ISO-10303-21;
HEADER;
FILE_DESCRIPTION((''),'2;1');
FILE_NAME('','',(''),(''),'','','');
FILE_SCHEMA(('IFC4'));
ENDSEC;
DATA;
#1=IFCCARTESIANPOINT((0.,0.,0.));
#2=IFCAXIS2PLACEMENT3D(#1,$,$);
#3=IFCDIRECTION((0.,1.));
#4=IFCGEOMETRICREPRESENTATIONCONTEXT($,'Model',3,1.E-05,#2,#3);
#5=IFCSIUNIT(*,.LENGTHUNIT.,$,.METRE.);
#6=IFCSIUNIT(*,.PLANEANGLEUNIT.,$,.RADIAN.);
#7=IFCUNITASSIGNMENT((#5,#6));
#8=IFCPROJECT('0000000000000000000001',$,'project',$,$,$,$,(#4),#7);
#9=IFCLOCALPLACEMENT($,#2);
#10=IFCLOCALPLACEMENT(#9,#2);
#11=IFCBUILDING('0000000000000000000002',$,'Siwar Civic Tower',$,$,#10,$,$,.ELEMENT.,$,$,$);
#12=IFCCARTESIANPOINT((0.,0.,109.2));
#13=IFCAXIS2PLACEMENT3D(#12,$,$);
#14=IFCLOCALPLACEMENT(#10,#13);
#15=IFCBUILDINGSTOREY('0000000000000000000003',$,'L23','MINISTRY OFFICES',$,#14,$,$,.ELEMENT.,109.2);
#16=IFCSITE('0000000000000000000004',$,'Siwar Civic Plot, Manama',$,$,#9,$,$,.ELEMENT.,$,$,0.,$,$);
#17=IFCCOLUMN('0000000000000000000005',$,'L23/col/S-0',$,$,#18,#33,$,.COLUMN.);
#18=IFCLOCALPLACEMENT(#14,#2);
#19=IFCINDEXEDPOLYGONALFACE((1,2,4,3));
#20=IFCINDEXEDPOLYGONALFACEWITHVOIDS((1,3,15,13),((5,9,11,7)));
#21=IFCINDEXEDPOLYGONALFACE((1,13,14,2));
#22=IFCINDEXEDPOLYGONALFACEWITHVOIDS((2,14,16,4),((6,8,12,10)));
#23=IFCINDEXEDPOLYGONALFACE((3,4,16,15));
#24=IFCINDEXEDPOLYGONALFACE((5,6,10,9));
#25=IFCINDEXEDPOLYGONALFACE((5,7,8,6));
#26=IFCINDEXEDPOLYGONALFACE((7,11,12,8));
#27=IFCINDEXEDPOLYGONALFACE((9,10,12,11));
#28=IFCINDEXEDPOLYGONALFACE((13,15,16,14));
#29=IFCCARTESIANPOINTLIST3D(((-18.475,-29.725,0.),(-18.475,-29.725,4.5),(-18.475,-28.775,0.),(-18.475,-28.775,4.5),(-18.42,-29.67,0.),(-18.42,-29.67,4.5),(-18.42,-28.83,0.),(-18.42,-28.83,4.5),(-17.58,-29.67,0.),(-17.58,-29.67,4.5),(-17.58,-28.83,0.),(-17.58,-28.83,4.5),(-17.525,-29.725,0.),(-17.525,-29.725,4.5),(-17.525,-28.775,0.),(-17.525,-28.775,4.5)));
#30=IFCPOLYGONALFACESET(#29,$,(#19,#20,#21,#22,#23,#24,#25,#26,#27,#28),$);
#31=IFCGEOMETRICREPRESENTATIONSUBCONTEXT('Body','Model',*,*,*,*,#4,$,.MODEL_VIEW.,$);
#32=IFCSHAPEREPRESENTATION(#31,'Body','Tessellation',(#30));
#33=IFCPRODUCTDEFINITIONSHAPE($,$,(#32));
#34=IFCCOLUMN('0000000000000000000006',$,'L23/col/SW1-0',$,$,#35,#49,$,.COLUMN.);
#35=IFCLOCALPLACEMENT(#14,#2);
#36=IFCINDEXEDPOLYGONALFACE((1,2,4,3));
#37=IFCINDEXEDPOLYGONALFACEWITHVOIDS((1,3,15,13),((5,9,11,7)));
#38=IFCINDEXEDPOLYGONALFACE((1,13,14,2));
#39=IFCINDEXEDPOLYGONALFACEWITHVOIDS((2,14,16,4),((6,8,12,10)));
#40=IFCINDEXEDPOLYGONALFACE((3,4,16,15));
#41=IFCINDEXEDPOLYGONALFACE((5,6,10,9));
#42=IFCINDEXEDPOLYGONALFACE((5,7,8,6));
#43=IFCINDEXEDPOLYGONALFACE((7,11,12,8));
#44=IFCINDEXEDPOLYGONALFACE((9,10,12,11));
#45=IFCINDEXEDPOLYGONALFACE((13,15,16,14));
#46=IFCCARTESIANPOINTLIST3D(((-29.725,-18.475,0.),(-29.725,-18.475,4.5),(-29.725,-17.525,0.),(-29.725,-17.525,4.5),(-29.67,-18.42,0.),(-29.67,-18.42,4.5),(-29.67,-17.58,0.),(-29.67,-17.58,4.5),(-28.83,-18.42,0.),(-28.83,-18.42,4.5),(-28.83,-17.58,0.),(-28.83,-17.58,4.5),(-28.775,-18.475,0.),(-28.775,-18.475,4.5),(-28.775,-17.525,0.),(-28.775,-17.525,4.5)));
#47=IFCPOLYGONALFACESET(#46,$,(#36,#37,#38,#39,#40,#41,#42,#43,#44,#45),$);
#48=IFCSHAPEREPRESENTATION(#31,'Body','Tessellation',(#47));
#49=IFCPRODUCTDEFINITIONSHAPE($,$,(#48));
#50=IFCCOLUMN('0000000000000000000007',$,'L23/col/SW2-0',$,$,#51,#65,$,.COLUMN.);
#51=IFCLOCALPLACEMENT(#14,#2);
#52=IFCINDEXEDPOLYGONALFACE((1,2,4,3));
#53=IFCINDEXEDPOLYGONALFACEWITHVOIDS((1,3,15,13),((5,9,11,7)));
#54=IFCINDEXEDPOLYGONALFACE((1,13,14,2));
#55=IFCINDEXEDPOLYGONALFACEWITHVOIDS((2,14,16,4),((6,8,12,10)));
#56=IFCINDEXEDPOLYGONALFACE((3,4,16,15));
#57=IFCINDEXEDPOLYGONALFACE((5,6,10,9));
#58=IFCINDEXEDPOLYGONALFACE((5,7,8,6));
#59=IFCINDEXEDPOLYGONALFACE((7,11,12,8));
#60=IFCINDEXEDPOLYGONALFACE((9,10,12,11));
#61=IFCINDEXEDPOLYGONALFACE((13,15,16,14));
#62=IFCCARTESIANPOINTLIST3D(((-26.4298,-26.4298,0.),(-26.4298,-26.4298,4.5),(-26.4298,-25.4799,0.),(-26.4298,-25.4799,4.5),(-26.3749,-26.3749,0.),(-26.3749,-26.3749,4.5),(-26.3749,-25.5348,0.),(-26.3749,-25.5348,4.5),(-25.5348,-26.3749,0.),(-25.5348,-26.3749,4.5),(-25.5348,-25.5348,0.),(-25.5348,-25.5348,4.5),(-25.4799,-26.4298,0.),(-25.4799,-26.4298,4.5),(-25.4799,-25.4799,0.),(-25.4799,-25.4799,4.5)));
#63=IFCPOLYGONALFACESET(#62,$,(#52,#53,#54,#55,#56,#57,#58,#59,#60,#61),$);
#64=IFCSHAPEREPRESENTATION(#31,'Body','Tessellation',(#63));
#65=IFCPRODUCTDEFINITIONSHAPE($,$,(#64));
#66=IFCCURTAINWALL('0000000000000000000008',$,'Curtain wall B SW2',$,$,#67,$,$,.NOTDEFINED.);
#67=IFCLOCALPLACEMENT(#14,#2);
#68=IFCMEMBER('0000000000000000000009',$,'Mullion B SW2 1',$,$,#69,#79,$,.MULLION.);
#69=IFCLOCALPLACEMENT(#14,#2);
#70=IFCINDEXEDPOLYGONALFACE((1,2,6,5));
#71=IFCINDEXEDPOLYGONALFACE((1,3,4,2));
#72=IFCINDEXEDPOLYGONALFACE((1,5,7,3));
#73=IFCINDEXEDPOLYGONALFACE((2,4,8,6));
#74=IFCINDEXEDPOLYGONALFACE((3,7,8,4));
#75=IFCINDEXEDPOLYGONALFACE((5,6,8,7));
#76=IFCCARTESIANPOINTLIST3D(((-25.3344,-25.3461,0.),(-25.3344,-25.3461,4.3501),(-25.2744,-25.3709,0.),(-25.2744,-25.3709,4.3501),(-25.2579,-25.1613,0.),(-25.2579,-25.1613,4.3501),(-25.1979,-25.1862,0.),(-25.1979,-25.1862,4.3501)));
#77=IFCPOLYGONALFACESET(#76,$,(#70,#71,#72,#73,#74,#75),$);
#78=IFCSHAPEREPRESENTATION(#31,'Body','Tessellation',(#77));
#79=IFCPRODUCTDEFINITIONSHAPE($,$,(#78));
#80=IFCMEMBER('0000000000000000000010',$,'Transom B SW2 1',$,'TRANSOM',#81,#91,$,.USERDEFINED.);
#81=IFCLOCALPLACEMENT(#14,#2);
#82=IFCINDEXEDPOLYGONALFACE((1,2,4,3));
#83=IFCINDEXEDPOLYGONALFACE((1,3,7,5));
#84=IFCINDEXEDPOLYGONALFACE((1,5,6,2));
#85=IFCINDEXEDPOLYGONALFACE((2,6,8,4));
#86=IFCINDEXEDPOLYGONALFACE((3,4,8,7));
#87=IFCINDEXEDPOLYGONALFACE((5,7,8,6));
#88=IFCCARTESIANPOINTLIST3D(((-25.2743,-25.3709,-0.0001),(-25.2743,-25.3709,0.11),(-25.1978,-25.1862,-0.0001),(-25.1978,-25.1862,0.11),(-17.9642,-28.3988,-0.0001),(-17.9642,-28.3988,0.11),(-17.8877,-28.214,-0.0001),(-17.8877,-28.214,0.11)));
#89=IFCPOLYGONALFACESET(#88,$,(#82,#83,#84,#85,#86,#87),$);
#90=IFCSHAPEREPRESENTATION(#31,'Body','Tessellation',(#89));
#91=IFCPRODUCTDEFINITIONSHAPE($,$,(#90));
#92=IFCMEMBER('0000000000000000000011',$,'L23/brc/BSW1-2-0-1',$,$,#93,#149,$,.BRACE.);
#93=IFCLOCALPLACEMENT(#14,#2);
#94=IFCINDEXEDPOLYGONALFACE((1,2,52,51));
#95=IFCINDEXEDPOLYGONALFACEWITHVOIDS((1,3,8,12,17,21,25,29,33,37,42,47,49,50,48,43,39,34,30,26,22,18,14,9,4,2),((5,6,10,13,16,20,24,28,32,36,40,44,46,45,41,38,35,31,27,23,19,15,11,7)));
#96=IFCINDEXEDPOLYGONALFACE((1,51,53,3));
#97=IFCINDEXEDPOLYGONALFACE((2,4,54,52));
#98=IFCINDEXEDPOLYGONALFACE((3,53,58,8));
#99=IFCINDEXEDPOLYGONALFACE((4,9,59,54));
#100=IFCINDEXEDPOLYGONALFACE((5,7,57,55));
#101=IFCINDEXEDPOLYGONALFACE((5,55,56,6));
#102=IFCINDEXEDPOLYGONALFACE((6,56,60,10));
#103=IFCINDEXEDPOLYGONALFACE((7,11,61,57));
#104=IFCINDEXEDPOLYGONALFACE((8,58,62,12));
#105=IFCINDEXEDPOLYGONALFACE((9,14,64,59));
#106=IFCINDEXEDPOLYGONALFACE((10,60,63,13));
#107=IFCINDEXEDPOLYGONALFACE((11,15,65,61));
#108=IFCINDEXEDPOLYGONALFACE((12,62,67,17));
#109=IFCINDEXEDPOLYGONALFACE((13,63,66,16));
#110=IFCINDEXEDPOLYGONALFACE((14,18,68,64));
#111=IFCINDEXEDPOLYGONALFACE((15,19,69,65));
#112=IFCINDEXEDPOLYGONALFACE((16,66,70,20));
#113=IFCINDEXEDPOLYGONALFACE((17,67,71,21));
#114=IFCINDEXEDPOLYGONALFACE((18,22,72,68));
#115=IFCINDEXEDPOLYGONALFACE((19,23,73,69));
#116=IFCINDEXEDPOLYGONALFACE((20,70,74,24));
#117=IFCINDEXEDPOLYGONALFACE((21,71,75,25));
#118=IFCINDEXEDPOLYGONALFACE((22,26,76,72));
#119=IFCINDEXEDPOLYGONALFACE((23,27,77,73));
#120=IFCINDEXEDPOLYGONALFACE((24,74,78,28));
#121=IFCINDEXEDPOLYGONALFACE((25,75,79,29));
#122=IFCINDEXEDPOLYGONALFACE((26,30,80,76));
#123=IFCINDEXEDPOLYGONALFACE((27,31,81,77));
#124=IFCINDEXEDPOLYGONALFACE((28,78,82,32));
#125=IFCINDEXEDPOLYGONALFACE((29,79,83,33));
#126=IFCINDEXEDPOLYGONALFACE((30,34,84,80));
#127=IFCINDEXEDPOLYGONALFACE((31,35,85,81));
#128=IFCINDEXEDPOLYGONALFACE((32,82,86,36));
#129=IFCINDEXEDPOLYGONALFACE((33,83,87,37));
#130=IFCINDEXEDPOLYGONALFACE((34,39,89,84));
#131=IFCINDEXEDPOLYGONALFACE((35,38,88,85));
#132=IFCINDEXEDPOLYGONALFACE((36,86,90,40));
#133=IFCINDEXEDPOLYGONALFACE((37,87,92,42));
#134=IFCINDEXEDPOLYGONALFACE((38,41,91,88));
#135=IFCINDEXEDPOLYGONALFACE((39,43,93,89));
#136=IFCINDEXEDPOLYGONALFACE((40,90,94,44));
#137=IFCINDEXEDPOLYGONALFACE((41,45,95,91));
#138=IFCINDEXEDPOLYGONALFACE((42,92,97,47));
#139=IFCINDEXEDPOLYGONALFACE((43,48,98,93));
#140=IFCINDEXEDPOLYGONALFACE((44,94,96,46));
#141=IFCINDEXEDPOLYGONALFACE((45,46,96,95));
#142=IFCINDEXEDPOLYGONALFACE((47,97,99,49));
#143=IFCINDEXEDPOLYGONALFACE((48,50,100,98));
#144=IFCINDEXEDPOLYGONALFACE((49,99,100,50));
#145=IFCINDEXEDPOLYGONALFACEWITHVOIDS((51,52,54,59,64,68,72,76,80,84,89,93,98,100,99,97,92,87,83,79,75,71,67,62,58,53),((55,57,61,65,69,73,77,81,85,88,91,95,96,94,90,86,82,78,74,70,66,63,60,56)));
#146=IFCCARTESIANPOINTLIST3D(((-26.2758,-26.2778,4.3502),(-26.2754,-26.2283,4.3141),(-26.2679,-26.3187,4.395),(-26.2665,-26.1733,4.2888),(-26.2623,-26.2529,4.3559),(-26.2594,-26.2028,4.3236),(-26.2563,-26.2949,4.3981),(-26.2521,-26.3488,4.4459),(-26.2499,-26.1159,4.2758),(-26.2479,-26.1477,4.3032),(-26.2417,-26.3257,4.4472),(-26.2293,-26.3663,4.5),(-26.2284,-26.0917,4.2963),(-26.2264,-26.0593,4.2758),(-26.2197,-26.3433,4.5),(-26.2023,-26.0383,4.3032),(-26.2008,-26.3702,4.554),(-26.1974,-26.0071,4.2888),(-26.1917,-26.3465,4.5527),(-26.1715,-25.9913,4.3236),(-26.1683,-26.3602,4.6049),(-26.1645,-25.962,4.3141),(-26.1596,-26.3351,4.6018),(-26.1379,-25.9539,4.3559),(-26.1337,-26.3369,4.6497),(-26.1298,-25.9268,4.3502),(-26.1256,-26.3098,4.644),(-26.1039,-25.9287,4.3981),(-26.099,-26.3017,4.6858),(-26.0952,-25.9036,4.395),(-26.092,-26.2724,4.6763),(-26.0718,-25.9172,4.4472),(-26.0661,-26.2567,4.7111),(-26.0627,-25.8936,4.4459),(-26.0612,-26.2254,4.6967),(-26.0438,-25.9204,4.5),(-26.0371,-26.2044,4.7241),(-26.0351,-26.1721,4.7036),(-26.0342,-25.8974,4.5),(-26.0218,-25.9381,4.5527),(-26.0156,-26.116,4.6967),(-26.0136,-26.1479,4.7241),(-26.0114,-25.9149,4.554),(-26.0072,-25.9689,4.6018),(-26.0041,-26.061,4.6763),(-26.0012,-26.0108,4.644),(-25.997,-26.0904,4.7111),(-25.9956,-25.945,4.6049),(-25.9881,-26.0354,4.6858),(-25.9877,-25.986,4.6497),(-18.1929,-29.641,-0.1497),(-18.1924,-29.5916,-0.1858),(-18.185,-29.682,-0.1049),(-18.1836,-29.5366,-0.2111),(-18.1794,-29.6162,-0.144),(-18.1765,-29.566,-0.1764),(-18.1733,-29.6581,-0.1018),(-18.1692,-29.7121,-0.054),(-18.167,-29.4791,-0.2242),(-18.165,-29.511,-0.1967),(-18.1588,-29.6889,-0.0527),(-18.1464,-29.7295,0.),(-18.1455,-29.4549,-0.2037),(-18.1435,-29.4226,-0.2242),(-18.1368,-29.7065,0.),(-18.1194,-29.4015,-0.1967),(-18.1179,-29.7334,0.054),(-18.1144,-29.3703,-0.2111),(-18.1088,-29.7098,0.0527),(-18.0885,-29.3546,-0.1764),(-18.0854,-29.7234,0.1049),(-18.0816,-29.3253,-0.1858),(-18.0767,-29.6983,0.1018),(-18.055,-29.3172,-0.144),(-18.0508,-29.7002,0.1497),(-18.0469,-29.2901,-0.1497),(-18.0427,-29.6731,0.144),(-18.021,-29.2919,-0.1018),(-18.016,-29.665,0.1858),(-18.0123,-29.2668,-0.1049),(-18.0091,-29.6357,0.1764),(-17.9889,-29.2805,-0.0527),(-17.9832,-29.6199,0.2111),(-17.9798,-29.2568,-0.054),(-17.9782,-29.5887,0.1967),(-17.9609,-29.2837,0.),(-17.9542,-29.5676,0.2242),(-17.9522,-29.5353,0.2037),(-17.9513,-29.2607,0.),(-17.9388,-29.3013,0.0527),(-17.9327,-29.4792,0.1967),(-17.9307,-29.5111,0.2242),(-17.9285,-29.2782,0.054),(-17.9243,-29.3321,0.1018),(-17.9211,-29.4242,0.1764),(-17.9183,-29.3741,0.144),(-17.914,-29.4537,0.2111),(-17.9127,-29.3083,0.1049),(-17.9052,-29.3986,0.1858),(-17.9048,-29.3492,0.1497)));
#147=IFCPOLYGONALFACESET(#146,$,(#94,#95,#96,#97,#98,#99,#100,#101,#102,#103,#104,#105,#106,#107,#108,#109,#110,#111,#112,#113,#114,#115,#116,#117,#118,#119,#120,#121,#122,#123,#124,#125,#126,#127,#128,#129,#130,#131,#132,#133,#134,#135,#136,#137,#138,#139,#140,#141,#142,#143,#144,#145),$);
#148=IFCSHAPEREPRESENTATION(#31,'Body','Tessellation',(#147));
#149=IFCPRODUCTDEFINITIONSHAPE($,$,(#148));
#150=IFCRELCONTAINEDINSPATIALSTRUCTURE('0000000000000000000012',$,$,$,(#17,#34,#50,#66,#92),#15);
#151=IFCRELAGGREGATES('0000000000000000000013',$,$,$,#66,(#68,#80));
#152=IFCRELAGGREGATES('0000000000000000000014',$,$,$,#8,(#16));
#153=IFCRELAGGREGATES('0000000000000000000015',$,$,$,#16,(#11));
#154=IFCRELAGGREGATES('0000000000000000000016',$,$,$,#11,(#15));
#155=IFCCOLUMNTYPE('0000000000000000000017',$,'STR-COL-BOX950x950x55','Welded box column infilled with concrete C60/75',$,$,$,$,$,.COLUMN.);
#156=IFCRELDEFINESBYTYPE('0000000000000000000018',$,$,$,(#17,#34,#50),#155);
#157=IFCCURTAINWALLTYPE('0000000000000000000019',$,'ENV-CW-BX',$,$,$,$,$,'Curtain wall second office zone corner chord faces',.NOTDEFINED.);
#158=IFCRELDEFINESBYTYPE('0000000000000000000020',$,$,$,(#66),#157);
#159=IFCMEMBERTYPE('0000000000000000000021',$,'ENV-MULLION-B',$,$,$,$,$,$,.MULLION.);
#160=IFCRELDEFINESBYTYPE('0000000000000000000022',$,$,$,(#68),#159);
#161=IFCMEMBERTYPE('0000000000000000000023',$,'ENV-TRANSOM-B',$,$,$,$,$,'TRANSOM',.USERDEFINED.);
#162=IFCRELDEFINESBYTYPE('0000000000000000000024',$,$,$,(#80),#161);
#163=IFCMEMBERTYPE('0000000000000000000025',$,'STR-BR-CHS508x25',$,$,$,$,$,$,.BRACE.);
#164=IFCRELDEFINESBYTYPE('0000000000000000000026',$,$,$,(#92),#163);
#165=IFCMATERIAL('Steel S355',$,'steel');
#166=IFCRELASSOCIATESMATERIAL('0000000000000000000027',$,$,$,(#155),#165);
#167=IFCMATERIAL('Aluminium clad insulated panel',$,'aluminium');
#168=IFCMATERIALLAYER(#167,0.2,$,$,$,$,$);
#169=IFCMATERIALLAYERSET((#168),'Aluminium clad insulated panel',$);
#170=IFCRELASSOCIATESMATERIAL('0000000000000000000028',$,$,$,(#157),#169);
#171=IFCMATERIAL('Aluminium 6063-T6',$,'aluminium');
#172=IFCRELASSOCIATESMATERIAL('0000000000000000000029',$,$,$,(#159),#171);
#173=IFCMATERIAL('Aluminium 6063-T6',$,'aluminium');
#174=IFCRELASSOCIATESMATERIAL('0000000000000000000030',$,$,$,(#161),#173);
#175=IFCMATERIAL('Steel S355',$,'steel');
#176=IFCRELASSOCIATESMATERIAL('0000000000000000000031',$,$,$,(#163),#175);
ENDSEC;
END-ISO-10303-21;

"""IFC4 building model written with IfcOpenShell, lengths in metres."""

from ifc_helpers import new_model, si_unit, direction, frame, origin, origin_2d, place, context, subcontext, project, spatial, rectangle, hollow_rectangle, hollow_circle, extrude, material, layer, layer_set, material_profile, profile_set, type_object, element, aggregate, save


model = new_model("IFC4")

# Units and contexts
model_context = context("Model", 3, precision=1e-05, world=origin(), true_north=direction((0.0, 1.0)))
body_context = subcontext(model_context, "Body", "Model", "MODEL_VIEW")
ifc_project = project(units=[si_unit("LENGTHUNIT", "METRE"), si_unit("PLANEANGLEUNIT", "RADIAN")], contexts=[model_context])

# Site, building, storey
site_placement = place(None, origin())
site = spatial("IfcSite", under=ifc_project, at=site_placement, Name="Siwar Civic Plot, Manama", CompositionType="ELEMENT", RefElevation=0.0)
building_placement = place(site_placement, origin())
building = spatial("IfcBuilding", under=site, at=building_placement, Name="Siwar Civic Tower", CompositionType="ELEMENT")
storey_placement = place(building_placement, frame((0.0, 0.0, 109.2)))
storey = spatial("IfcBuildingStorey", under=building, at=storey_placement, Name="L23", Description="MINISTRY OFFICES", CompositionType="ELEMENT", Elevation=109.2)

# Columns
ifc_material_1 = material(Name="Steel S355", Category="steel")
ifc_material_profile_1 = material_profile(ifc_material_1, hollow_rectangle(XDim=0.95, YDim=0.95, WallThickness=0.0549, at=origin_2d()), Name="BOX950x950x55")
ifc_profile_set_1 = profile_set([ifc_material_profile_1], Name="Steel S355")
column_type = type_object("IfcColumnType", Name="STR-COL-BOX950x950x55", Description="Welded box column infilled with concrete C60/75", PredefinedType="COLUMN", material=ifc_profile_set_1)
for number, where, z_axis, x_axis, name in (
    (1, (-18.0, -29.25, 0.0), (0.0, 0.0, 1.0), (1.0, 0.0, 0.0), "L23/col/S-0"),
    (2, (-29.25, -18.0, 0.0), (0.0, 0.0, 1.0), (1.0, 0.0, 0.0), "L23/col/SW1-0"),
    (3, (-25.9548, -25.9548, 0.0), (0.0, 0.0, 1.0), (1.0, 0.0, 0.0), "L23/col/SW2-0"),
):
    element("IfcColumn", number, at=place(storey_placement, frame(where, z_axis=z_axis, x_axis=x_axis)), inside=storey, type_object=column_type, Name=name, PredefinedType="COLUMN", context=body_context, shape_type="SweptSolid", body=[
        extrude(hollow_rectangle(XDim=0.95, YDim=0.95, WallThickness=0.0549, at=origin_2d()), origin(), (0.0, 0.0, 1.0), 4.5),
    ])

# Curtain wall, members
ifc_material_2 = material(Name="Aluminium clad insulated panel", Category="aluminium")
ifc_layer_1 = layer(ifc_material_2, 0.2)
ifc_layer_set_1 = layer_set([ifc_layer_1], Name="Aluminium clad insulated panel")
curtain_wall_type = type_object("IfcCurtainWallType", Name="ENV-CW-BX", ElementType="Curtain wall second office zone corner chord faces", PredefinedType="NOTDEFINED", material=ifc_layer_set_1)
curtain_wall_1_placement = place(storey_placement, origin())
curtain_wall_1 = element("IfcCurtainWall", 4, at=curtain_wall_1_placement, inside=storey, type_object=curtain_wall_type, Name="Curtain wall B SW2", PredefinedType="NOTDEFINED")
ifc_material_3 = material(Name="Aluminium 6063-T6", Category="aluminium")
ifc_material_profile_2 = material_profile(ifc_material_3, rectangle(XDim=0.2, YDim=0.0649, at=origin_2d()), Name="AL 200x65")
ifc_profile_set_2 = profile_set([ifc_material_profile_2], Name="Aluminium 6063-T6")
member_type_1 = type_object("IfcMemberType", Name="ENV-MULLION-B", PredefinedType="MULLION", material=ifc_profile_set_2)
member_1_placement = place(storey_placement, frame((-25.2661, -25.2661, 0.0), z_axis=(0.0, 0.0, 1.0), x_axis=(0.382683, 0.92388, 0.0)))
member_1 = element("IfcMember", 5, at=member_1_placement, type_object=member_type_1, Name="Mullion B SW2 1", PredefinedType="MULLION", context=body_context, shape_type="SweptSolid", body=[
    extrude(rectangle(XDim=0.2, YDim=0.0649, at=origin_2d()), origin(), (0.0, 0.0, 1.0), 4.3501),
])
ifc_material_4 = material(Name="Aluminium 6063-T6", Category="aluminium")
ifc_material_profile_3 = material_profile(ifc_material_4, rectangle(XDim=0.2, YDim=0.1101, at=origin_2d()), Name="AL 200x110")
ifc_profile_set_3 = profile_set([ifc_material_profile_3], Name="Aluminium 6063-T6")
member_type_2 = type_object("IfcMemberType", Name="ENV-TRANSOM-B", ElementType="TRANSOM", PredefinedType="USERDEFINED", material=ifc_profile_set_3)
member_2_placement = place(storey_placement, frame((-25.2361, -25.2786, 0.0549), z_axis=(0.923884, -0.382673, 0.0), x_axis=(0.382673, 0.923884, 0.0)))
member_2 = element("IfcMember", 6, at=member_2_placement, type_object=member_type_2, Name="Transom B SW2 1", ObjectType="TRANSOM", PredefinedType="USERDEFINED", context=body_context, shape_type="SweptSolid", body=[
    extrude(rectangle(XDim=0.2, YDim=0.1101, at=origin_2d()), origin(), (0.0, 0.0, 1.0), 7.9124),
])

# Member
ifc_material_5 = material(Name="Steel S355", Category="steel")
ifc_material_profile_4 = material_profile(ifc_material_5, hollow_circle(Radius=0.2539, WallThickness=0.0249, at=origin_2d()), Name="CHS508x25")
ifc_profile_set_4 = profile_set([ifc_material_profile_4], Name="Steel S355")
member_type_3 = type_object("IfcMemberType", Name="STR-BR-CHS508x25", PredefinedType="BRACE", material=ifc_profile_set_4)
member_3_placement = place(storey_placement, frame((-18.0488, -29.4951, 0.0), z_axis=(-0.821143, 0.341671, 0.457149), x_axis=(-0.384164, -0.923265, 0.0)))
element("IfcMember", 7, at=member_3_placement, inside=storey, type_object=member_type_3, Name="L23/brc/BSW1-2-0-1", PredefinedType="BRACE", context=body_context, shape_type="SweptSolid", body=[
    extrude(hollow_circle(Radius=0.2539, WallThickness=0.0249, at=origin_2d()), origin(), (0.0, 0.0, 1.0), 9.8435),
])

aggregate(curtain_wall_1, [member_1, member_2])

save(model, "model.ifc")
